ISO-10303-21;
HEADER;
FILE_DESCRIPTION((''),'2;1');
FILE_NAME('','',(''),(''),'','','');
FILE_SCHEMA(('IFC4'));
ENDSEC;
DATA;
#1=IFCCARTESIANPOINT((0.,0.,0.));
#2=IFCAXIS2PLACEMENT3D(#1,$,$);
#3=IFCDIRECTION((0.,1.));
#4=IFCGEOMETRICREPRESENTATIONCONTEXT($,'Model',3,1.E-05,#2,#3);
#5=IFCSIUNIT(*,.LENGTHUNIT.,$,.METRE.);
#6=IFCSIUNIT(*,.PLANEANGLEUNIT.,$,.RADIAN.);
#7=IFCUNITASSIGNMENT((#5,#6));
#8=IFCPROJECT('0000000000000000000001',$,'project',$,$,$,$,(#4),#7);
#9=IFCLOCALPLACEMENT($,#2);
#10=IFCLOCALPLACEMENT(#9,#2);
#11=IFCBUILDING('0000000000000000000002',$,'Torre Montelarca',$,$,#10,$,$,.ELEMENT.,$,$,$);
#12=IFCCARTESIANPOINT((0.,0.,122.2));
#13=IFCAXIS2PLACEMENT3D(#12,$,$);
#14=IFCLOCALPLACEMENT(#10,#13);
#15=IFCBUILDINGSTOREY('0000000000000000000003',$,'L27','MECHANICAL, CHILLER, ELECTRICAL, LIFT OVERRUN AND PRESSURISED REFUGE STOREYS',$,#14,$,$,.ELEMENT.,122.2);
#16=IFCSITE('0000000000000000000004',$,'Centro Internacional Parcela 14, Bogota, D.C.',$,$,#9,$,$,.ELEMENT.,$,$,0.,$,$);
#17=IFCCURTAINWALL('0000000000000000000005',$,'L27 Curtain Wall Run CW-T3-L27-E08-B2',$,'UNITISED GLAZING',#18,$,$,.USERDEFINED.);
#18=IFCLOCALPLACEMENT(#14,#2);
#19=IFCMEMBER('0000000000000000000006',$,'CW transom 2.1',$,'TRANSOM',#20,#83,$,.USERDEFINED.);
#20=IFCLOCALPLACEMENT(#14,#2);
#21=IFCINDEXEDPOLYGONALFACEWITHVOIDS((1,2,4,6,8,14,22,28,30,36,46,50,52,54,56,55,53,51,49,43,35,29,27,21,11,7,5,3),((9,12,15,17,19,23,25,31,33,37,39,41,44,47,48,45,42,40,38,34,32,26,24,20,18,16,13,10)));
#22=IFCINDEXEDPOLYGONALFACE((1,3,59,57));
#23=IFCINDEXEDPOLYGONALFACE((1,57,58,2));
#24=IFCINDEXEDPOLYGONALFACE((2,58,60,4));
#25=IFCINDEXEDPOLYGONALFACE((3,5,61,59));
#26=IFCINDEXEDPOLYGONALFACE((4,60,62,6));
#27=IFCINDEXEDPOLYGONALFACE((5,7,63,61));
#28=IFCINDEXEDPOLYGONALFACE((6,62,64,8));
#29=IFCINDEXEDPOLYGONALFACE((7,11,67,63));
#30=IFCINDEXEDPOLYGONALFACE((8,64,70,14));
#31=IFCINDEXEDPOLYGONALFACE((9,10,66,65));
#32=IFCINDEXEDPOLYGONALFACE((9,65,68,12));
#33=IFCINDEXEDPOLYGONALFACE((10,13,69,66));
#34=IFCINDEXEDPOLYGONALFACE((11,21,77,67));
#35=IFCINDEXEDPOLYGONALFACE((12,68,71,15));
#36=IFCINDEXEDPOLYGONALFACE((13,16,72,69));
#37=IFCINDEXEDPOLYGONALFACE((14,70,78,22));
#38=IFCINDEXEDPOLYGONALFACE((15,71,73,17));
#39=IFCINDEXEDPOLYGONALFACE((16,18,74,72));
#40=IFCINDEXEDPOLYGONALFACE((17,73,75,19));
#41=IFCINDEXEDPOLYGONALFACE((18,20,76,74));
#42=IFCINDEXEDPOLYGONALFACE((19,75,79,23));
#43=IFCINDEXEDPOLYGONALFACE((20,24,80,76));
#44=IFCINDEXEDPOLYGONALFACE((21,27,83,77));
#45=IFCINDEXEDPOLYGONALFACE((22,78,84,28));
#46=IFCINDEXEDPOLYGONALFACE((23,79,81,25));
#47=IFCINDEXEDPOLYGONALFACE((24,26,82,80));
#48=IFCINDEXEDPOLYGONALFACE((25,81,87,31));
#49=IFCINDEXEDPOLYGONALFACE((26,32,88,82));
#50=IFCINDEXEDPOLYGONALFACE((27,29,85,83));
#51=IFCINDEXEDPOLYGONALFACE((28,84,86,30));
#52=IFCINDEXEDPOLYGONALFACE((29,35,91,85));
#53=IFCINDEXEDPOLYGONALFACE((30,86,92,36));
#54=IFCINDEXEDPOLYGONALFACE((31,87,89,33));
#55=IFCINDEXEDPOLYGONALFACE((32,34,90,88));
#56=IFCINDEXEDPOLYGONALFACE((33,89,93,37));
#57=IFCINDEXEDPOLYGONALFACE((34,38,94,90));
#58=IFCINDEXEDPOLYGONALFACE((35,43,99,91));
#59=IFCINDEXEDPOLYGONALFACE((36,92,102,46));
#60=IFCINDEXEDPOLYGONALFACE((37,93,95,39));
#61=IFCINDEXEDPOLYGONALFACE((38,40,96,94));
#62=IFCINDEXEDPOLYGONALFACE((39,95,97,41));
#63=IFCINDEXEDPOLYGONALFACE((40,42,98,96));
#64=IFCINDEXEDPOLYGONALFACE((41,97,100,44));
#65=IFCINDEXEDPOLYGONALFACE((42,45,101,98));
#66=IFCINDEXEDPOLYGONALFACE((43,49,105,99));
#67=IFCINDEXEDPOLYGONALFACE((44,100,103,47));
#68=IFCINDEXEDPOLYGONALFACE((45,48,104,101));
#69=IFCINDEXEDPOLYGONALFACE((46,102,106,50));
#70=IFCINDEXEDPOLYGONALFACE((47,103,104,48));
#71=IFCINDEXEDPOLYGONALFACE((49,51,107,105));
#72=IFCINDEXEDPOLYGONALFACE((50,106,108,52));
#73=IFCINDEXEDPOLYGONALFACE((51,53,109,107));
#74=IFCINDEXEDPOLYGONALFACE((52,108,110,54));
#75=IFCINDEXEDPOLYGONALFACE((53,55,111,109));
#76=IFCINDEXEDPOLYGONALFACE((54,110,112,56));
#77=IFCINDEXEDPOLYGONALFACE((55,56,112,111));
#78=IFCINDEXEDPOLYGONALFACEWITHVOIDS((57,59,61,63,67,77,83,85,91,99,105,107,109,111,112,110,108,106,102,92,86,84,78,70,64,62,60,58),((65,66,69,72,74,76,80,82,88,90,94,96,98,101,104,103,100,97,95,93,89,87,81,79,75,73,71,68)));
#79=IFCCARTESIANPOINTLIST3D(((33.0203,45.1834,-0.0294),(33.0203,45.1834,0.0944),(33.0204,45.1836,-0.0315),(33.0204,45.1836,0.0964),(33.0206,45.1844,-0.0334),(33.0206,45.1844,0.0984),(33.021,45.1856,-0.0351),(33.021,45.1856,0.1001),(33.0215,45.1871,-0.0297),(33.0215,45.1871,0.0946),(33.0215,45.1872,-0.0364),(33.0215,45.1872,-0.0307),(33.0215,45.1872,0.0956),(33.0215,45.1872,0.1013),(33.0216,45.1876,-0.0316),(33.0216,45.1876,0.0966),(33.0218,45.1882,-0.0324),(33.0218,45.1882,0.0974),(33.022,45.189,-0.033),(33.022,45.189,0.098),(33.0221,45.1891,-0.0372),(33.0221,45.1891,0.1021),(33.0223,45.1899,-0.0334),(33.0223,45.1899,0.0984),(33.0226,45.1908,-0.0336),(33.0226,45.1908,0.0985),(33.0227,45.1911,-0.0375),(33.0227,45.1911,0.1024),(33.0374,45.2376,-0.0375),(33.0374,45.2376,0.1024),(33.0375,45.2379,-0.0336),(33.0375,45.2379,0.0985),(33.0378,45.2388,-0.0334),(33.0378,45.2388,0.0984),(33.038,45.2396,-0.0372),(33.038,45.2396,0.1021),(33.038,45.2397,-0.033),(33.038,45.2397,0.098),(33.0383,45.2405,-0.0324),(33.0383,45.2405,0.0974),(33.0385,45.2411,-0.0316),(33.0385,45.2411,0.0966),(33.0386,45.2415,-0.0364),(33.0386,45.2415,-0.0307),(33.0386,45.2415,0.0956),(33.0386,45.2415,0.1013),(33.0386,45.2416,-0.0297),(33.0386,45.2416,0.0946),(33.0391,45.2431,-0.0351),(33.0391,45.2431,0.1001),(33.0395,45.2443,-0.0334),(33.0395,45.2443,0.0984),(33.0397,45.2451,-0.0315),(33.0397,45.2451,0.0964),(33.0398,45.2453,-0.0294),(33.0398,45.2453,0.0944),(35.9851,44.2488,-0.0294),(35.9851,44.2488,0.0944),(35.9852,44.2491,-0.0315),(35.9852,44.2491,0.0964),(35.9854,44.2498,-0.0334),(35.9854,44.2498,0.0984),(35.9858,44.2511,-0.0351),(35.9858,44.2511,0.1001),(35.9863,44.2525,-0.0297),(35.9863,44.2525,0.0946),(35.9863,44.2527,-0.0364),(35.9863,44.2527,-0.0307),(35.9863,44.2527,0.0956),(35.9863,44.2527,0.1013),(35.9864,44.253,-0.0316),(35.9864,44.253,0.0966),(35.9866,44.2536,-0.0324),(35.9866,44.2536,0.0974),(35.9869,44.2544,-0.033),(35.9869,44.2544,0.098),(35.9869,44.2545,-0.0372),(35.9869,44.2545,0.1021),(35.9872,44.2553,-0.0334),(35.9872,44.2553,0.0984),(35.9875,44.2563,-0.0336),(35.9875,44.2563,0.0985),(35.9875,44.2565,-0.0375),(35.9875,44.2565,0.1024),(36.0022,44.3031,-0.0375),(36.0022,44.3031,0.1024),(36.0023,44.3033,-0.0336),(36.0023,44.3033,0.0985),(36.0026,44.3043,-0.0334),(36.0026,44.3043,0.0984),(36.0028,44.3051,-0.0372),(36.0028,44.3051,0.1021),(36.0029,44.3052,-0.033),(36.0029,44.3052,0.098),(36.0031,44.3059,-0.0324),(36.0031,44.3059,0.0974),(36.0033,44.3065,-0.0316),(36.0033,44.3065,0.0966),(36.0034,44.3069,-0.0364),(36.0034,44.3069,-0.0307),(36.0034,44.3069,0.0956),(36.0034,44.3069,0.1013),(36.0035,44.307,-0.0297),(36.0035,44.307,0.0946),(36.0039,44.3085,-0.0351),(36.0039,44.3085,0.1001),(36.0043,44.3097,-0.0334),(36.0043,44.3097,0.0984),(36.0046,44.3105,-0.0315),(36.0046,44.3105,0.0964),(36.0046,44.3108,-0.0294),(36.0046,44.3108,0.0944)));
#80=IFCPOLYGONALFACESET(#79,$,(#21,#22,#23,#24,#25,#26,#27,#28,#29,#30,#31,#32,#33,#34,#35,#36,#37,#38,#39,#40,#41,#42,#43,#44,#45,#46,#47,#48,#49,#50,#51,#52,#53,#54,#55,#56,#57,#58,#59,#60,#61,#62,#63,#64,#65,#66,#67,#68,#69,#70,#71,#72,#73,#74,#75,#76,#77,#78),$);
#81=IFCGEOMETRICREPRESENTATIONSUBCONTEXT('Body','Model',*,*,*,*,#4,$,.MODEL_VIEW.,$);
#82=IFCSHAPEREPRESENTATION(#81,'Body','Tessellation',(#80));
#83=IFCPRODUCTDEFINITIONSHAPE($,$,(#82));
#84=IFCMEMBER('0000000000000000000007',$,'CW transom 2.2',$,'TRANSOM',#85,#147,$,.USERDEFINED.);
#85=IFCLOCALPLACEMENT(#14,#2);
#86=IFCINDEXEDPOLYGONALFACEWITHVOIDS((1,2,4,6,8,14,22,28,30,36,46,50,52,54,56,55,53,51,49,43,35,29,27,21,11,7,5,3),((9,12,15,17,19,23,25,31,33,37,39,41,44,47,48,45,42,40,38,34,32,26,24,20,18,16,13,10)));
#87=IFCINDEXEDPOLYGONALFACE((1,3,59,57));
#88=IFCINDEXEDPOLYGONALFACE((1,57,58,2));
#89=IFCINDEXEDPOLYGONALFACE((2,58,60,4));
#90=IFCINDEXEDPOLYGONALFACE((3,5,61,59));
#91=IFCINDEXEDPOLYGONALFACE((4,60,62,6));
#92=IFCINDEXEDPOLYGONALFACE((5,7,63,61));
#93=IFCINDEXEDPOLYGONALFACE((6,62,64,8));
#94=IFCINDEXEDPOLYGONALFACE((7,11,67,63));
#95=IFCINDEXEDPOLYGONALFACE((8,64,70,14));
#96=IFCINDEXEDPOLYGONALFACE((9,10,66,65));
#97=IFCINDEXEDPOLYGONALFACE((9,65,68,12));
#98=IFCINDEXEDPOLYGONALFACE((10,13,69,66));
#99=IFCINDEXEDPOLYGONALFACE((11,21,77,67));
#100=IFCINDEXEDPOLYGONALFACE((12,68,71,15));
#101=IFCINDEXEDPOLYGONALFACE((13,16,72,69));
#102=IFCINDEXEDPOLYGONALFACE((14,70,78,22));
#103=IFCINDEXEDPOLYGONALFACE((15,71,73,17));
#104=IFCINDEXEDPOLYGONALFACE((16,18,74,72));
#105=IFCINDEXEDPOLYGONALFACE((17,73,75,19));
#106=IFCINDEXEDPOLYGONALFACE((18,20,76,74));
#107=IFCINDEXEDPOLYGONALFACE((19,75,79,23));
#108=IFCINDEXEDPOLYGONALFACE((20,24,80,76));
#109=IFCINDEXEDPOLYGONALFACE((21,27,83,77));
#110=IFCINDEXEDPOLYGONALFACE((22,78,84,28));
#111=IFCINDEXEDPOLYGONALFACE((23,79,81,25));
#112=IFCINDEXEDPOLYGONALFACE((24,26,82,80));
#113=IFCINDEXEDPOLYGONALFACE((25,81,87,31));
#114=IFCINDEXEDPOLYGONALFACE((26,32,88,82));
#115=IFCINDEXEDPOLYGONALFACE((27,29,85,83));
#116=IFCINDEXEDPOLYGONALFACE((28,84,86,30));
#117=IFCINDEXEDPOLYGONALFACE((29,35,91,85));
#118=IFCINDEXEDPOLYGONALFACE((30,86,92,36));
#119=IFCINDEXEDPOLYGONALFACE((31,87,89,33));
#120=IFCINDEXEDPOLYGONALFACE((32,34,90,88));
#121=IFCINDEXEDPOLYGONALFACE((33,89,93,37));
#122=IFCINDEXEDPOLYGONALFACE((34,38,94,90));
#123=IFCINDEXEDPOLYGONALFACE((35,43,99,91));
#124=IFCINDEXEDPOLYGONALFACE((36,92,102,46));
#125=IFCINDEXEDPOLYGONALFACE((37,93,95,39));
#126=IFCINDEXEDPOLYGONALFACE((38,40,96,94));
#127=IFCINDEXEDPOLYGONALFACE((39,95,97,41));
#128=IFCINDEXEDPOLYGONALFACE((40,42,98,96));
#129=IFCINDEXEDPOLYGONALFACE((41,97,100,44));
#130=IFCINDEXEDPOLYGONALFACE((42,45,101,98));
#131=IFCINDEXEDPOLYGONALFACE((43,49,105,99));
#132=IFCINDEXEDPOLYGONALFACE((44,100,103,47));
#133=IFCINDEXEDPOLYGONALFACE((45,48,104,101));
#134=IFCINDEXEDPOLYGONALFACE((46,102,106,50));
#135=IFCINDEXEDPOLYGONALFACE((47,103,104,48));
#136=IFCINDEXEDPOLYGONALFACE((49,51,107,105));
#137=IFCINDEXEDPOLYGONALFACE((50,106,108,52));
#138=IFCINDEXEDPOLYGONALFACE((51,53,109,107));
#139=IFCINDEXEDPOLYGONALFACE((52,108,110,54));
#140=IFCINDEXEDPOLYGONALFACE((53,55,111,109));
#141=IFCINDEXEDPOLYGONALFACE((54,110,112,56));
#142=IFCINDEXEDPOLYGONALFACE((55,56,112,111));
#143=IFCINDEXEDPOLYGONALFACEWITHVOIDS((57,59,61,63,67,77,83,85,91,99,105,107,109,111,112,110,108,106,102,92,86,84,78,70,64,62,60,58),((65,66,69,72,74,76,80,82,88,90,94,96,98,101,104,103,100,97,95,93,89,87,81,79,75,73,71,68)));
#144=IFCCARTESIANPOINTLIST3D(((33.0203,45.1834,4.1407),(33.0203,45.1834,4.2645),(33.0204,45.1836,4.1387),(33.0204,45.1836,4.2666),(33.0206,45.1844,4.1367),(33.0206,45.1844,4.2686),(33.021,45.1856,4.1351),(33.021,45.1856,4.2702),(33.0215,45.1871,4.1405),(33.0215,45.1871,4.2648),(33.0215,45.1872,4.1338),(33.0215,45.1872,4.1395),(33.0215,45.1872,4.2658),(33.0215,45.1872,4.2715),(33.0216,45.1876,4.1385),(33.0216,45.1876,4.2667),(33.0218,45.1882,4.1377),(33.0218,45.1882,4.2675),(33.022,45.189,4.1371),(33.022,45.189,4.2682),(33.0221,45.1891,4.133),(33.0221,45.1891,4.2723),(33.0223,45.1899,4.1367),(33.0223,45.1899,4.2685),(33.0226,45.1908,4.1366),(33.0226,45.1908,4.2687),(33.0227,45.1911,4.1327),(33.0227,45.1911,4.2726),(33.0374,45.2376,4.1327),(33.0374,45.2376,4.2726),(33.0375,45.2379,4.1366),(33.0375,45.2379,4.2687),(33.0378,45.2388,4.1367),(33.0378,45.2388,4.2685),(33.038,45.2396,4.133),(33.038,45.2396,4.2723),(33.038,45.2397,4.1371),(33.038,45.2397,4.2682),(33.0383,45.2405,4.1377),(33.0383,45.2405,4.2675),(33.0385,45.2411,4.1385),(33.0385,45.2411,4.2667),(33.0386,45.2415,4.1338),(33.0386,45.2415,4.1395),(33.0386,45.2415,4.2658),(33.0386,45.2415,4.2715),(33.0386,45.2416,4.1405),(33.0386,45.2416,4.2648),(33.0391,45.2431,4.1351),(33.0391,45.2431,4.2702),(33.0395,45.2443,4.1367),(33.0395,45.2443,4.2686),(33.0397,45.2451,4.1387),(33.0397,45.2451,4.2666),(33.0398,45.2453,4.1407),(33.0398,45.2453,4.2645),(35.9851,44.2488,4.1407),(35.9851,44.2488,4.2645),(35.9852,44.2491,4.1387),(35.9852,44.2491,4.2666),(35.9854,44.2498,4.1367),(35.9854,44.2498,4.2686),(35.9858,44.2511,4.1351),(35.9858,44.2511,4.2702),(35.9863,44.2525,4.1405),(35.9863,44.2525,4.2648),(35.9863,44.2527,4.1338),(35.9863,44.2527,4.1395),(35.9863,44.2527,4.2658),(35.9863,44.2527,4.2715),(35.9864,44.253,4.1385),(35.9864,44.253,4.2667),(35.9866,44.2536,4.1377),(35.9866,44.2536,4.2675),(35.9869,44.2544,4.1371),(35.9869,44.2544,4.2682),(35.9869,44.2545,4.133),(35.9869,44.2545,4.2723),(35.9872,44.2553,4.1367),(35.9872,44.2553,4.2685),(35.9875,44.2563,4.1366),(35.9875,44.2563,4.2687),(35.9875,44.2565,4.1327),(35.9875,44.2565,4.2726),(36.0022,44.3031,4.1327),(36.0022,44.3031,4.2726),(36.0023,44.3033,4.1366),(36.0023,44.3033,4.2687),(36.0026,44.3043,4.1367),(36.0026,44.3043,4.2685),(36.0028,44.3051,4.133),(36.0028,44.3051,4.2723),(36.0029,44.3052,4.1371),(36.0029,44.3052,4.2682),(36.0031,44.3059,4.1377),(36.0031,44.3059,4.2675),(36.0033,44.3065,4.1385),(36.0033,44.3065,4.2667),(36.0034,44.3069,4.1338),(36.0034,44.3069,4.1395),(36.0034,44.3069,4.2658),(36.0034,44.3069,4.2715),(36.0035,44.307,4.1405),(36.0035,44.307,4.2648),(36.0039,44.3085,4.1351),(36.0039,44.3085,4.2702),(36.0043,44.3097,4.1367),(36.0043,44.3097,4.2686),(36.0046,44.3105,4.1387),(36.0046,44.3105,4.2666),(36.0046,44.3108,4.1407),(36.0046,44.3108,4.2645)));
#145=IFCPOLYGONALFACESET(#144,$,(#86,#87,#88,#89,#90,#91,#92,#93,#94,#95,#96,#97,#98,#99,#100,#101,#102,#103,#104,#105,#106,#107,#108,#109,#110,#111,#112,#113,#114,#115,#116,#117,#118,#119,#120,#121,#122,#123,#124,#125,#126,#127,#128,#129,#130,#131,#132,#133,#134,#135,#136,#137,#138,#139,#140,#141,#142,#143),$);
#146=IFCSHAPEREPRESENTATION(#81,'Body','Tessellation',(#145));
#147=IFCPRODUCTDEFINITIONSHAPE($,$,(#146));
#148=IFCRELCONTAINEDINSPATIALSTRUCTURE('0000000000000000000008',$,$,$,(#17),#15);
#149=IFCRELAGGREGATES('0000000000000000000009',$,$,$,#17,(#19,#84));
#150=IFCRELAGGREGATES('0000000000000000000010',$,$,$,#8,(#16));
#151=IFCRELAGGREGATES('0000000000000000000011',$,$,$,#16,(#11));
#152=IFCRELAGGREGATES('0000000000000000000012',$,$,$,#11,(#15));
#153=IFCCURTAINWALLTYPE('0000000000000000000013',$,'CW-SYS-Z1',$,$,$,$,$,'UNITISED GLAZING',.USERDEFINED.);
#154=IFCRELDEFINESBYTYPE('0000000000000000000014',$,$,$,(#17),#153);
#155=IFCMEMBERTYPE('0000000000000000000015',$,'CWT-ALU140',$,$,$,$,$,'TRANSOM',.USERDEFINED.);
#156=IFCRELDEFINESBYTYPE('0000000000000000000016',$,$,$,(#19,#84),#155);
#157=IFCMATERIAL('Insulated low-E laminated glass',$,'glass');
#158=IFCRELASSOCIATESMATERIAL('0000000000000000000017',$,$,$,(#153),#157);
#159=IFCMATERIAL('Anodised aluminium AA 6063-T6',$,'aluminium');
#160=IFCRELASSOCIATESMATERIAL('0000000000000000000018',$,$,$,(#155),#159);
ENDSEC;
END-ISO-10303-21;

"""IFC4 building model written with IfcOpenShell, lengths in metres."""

from ifc_helpers import new_model, si_unit, direction, frame, origin, origin_2d, place, context, subcontext, project, spatial, hollow_rectangle, extrude, source, transform, mapped, material, material_profile, profile_set, type_object, element, aggregate, save


model = new_model("IFC4")

# Units and contexts
model_context = context("Model", 3, precision=1e-05, world=origin(), true_north=direction((0.0, 1.0)))
body_context = subcontext(model_context, "Body", "Model", "MODEL_VIEW")
ifc_project = project(units=[si_unit("LENGTHUNIT", "METRE"), si_unit("PLANEANGLEUNIT", "RADIAN")], contexts=[model_context])

# Site, building, storey
site_placement = place(None, origin())
site = spatial("IfcSite", under=ifc_project, at=site_placement, Name="Centro Internacional Parcela 14, Bogota, D.C.", CompositionType="ELEMENT", RefElevation=0.0)
building_placement = place(site_placement, origin())
building = spatial("IfcBuilding", under=site, at=building_placement, Name="Torre Montelarca", CompositionType="ELEMENT")
storey_placement = place(building_placement, frame((0.0, 0.0, 122.2)))
storey = spatial("IfcBuildingStorey", under=building, at=storey_placement, Name="L27", Description="MECHANICAL, CHILLER, ELECTRICAL, LIFT OVERRUN AND PRESSURISED REFUGE STOREYS", CompositionType="ELEMENT", Elevation=122.2)

# Curtain wall
ifc_material_1 = material(Name="Insulated low-E laminated glass", Category="glass")
curtain_wall_type = type_object("IfcCurtainWallType", Name="CW-SYS-Z1", ElementType="UNITISED GLAZING", PredefinedType="USERDEFINED", material=ifc_material_1)
curtain_wall_1_placement = place(storey_placement, origin())
curtain_wall_1 = element("IfcCurtainWall", 1, at=curtain_wall_1_placement, inside=storey, type_object=curtain_wall_type, Name="L27 Curtain Wall Run CW-T3-L27-E08-B2", ObjectType="UNITISED GLAZING", PredefinedType="USERDEFINED")
ifc_material_2 = material(Name="Anodised aluminium AA 6063-T6", Category="aluminium")

# Members
ifc_material_profile_1 = material_profile(ifc_material_2, hollow_rectangle(XDim=0.0649, YDim=0.1399, WallThickness=0.0039, InnerFilletRadius=0.0039, OuterFilletRadius=0.0081, at=origin_2d()), Name="ALU65X140X4", Category="aluminium")
ifc_profile_set_1 = profile_set([ifc_material_profile_1], Name="Anodised aluminium AA 6063-T6")
member_type_1 = type_object("IfcMemberType", Name="CWT-ALU140", ElementType="TRANSOM", PredefinedType="USERDEFINED", material=ifc_profile_set_1)
shared_shape_1 = source(origin(), body_context, "Body", "SweptSolid", [
    extrude(hollow_rectangle(XDim=0.0649, YDim=0.1399, WallThickness=0.0039, InnerFilletRadius=0.0039, OuterFilletRadius=0.0081, at=origin_2d()), origin(), (0.0, 0.0, 1.0), 3.1086),
])
member_1_placement = place(storey_placement, frame((35.9949, 44.2798, 0.0325), z_axis=(-0.953739, 0.300635, 0.0), x_axis=(-0.300635, -0.953739, 0.0)))
member_1 = element("IfcMember", 2, at=member_1_placement, type_object=member_type_1, Name="CW transom 2.1", ObjectType="TRANSOM", PredefinedType="USERDEFINED", context=body_context, shape_type="MappedRepresentation", body=[
    mapped(shared_shape_1, transform((0.0, 0.0, 0.0), scale=1.0)),
])
member_2_placement = place(storey_placement, frame((35.9949, 44.2798, 4.2026), z_axis=(-0.953739, 0.300635, 0.0), x_axis=(-0.300635, -0.953739, 0.0)))
member_2 = element("IfcMember", 3, at=member_2_placement, type_object=member_type_1, Name="CW transom 2.2", ObjectType="TRANSOM", PredefinedType="USERDEFINED", context=body_context, shape_type="MappedRepresentation", body=[
    mapped(shared_shape_1, transform((0.0, 0.0, 0.0), scale=1.0)),
])

aggregate(curtain_wall_1, [member_1, member_2])

save(model, "model.ifc")
